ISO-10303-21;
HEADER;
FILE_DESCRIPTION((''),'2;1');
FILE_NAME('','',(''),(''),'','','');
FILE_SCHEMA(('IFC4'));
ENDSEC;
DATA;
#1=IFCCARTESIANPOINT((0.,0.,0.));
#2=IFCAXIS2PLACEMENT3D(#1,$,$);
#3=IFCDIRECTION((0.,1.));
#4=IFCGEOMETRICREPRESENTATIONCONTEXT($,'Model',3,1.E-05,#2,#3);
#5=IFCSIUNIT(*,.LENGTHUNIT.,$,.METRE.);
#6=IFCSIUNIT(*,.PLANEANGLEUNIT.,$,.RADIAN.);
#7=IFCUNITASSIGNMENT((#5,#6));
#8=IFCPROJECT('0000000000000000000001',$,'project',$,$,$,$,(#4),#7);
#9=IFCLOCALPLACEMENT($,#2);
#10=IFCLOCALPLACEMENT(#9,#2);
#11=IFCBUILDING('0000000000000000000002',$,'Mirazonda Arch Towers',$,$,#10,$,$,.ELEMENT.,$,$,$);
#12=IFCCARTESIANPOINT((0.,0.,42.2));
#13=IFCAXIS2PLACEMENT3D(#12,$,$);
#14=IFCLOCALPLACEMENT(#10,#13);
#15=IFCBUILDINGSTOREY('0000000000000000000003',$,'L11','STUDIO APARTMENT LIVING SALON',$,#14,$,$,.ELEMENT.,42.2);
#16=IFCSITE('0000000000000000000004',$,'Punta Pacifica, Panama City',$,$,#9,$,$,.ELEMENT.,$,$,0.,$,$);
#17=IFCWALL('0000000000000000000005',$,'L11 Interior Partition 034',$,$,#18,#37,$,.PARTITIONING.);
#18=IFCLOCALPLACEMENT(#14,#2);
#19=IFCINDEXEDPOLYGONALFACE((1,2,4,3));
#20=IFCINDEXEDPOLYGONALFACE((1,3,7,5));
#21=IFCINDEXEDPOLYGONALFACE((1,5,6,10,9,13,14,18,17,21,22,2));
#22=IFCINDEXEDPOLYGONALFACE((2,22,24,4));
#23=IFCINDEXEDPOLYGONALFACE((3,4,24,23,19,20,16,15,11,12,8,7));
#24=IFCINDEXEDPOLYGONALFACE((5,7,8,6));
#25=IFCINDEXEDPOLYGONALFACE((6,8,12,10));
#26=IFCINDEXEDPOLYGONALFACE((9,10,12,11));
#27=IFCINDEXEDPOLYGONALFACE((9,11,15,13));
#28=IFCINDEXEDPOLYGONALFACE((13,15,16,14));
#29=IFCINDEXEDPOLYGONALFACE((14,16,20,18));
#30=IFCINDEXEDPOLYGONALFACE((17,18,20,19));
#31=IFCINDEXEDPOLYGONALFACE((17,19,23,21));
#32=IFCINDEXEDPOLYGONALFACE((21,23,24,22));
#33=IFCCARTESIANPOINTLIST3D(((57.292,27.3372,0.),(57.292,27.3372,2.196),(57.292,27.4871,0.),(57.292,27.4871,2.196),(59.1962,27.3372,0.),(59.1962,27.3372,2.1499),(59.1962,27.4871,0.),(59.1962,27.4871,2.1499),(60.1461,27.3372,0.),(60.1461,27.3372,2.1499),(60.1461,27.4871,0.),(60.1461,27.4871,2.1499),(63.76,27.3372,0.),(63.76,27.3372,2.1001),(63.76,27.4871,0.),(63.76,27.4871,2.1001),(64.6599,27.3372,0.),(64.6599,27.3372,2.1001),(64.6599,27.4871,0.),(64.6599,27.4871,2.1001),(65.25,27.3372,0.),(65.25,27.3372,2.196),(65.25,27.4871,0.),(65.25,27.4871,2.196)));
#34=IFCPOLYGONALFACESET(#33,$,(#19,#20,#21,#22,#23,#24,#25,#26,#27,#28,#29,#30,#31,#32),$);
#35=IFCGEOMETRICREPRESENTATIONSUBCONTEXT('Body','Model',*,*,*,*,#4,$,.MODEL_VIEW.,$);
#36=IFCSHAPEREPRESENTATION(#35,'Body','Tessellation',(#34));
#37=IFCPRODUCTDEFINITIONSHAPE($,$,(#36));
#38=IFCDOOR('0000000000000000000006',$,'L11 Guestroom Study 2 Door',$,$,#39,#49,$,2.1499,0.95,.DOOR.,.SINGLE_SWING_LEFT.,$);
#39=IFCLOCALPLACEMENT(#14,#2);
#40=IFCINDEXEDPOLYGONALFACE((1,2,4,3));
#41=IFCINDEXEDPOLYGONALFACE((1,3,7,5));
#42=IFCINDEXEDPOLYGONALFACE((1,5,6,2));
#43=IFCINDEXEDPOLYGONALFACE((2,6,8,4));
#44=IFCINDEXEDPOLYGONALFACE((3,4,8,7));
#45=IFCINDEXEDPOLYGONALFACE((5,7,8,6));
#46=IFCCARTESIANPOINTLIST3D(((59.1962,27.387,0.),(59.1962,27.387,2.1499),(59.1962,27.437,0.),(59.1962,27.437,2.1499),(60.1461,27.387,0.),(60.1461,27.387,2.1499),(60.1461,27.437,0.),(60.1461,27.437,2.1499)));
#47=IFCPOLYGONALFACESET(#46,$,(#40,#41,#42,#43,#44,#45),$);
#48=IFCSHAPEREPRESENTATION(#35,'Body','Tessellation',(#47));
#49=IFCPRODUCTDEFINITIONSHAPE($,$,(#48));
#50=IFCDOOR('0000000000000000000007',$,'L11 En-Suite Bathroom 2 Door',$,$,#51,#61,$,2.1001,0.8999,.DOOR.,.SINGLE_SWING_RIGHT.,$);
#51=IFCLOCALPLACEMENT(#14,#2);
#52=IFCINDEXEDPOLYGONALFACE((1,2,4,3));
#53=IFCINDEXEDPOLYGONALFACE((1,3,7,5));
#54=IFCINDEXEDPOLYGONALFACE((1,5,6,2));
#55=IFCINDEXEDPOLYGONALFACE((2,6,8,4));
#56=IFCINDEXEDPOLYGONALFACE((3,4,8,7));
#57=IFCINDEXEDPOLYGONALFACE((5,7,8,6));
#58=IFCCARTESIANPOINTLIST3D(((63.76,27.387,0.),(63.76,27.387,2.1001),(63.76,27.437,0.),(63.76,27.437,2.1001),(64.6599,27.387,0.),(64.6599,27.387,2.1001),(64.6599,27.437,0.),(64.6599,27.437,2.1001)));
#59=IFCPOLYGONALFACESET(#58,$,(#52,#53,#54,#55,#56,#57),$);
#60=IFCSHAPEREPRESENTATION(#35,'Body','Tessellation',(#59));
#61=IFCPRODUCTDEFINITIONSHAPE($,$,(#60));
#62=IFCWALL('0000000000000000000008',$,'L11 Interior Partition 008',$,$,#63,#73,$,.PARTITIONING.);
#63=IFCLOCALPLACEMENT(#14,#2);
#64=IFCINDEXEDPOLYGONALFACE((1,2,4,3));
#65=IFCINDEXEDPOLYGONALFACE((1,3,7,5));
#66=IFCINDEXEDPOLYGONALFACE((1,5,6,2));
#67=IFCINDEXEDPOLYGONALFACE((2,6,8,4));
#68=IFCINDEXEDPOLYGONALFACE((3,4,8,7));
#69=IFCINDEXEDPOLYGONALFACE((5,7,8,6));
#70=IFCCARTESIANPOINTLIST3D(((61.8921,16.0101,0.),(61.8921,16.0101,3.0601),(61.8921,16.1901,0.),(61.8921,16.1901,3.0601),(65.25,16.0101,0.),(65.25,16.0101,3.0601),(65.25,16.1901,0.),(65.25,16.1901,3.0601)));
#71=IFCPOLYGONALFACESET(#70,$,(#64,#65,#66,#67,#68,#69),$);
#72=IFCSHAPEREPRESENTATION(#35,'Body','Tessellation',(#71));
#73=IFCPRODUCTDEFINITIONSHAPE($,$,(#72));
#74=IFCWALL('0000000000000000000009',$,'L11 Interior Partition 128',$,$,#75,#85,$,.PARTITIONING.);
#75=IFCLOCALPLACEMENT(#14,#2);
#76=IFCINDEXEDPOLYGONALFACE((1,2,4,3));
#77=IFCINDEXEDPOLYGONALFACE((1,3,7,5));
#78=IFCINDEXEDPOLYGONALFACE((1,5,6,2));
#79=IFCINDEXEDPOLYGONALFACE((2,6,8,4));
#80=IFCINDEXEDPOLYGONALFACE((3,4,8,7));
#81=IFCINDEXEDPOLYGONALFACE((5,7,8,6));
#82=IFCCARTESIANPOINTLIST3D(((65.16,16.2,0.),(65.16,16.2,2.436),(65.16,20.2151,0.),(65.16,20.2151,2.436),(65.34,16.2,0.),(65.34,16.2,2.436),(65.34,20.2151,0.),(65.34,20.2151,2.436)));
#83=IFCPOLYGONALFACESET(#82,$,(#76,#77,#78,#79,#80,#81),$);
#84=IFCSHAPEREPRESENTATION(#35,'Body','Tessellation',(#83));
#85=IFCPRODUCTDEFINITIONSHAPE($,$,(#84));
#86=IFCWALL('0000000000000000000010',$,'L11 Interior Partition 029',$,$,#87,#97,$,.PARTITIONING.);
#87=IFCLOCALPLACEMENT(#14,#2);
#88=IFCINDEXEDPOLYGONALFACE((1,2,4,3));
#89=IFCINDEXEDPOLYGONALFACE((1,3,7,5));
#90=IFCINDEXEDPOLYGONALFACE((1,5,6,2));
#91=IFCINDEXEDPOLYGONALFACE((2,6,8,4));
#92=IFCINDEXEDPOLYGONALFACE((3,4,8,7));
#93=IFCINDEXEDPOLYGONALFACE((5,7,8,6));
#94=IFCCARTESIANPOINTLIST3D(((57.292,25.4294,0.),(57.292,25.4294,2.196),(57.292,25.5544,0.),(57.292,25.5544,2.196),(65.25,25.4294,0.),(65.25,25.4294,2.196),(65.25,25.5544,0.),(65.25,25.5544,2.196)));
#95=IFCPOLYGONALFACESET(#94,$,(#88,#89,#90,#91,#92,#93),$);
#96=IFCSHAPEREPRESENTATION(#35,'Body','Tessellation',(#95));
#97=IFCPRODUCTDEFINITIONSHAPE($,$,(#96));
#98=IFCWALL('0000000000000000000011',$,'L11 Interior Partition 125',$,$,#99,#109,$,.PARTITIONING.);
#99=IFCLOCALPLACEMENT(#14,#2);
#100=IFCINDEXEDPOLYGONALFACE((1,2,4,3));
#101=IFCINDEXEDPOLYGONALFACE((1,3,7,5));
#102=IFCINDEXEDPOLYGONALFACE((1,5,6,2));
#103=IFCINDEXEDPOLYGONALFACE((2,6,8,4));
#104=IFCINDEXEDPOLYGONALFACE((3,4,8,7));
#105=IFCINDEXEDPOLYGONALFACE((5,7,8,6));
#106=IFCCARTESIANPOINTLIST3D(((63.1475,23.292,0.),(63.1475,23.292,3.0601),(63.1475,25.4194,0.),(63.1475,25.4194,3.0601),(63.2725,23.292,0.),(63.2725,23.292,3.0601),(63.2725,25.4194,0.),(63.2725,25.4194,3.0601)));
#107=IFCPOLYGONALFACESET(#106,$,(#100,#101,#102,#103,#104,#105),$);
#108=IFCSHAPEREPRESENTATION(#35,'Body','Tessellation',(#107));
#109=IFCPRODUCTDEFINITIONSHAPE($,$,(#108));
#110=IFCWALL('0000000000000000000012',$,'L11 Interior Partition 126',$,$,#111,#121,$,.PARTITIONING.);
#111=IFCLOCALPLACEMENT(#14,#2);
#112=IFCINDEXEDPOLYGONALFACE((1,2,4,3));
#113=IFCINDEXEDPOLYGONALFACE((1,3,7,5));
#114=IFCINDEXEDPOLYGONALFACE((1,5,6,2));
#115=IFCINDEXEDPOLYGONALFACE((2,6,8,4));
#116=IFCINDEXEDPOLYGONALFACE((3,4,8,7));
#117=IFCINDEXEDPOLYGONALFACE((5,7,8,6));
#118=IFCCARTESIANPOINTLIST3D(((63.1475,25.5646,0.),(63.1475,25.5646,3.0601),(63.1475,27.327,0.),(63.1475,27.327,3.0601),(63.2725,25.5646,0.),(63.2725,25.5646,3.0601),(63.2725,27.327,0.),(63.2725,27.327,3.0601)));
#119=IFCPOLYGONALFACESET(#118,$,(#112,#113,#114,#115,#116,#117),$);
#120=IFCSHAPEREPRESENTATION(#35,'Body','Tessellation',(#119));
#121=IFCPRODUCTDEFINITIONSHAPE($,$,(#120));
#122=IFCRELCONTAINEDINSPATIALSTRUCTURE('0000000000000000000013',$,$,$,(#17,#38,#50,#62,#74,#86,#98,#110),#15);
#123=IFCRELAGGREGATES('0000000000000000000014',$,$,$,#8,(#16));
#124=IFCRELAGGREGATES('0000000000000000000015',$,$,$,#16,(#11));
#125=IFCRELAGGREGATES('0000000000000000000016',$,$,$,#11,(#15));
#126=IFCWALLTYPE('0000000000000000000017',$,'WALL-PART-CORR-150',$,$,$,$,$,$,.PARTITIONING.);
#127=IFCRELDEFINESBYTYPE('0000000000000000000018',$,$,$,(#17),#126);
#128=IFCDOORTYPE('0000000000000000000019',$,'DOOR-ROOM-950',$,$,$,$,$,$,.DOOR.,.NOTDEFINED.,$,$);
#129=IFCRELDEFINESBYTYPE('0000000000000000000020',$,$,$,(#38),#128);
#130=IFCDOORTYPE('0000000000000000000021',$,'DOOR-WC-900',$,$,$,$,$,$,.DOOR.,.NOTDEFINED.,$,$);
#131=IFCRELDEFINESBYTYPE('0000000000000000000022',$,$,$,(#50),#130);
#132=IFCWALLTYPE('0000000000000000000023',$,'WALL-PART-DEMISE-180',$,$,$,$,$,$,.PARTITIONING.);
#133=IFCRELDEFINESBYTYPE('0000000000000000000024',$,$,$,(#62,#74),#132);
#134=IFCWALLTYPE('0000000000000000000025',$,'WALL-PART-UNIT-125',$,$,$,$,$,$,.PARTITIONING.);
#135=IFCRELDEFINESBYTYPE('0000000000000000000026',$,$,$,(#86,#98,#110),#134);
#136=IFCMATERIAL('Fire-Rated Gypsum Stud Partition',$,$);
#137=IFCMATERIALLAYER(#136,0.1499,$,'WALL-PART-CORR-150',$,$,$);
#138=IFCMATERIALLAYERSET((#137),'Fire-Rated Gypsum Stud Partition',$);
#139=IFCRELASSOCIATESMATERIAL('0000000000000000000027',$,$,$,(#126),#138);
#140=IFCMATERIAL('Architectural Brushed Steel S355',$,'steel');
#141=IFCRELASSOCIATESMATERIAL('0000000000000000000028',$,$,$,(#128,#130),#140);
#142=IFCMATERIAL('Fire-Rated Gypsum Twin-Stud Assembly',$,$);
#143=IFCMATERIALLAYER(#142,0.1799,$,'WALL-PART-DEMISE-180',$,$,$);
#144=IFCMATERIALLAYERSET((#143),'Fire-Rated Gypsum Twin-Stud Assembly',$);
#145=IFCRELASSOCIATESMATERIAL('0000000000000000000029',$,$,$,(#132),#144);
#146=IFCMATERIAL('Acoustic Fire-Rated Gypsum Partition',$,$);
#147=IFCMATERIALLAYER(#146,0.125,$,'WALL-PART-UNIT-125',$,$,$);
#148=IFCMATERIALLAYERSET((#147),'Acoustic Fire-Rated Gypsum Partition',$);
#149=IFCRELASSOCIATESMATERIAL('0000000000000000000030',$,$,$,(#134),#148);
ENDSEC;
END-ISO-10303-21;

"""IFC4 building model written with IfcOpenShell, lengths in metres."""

from ifc_helpers import new_model, si_unit, direction, frame, frame_2d, origin, place, context, subcontext, project, spatial, rectangle, extrude, material, layer, layer_set, type_object, element, fill, save


model = new_model("IFC4")

# Units and contexts
model_context = context("Model", 3, precision=1e-05, world=origin(), true_north=direction((0.0, 1.0)))
body_context = subcontext(model_context, "Body", "Model", "MODEL_VIEW")
ifc_project = project(units=[si_unit("LENGTHUNIT", "METRE"), si_unit("PLANEANGLEUNIT", "RADIAN")], contexts=[model_context])

# Site, building, storey
site_placement = place(None, origin())
site = spatial("IfcSite", under=ifc_project, at=site_placement, Name="Punta Pacifica, Panama City", CompositionType="ELEMENT", RefElevation=0.0)
building_placement = place(site_placement, origin())
building = spatial("IfcBuilding", under=site, at=building_placement, Name="Mirazonda Arch Towers", CompositionType="ELEMENT")
storey_placement = place(building_placement, frame((0.0, 0.0, 42.2)))
storey = spatial("IfcBuildingStorey", under=building, at=storey_placement, Name="L11", Description="STUDIO APARTMENT LIVING SALON", CompositionType="ELEMENT", Elevation=42.2)

# Wall, openings, doors
ifc_material_1 = material(Name="Fire-Rated Gypsum Stud Partition")
ifc_layer_1 = layer(ifc_material_1, 0.1499, Name="WALL-PART-CORR-150")
ifc_layer_set_1 = layer_set([ifc_layer_1], Name="Fire-Rated Gypsum Stud Partition")
wall_type_1 = type_object("IfcWallType", Name="WALL-PART-CORR-150", PredefinedType="PARTITIONING", material=ifc_layer_set_1)
wall_1_placement = place(storey_placement, frame((57.292, 27.4121, 0.0), z_axis=(0.0, 0.0, 1.0), x_axis=(1.0, 0.0, 0.0)))
wall_1 = element("IfcWall", 1, at=wall_1_placement, inside=storey, type_object=wall_type_1, Name="L11 Interior Partition 034", PredefinedType="PARTITIONING", context=body_context, shape_type="SweptSolid", body=[
    extrude(rectangle(XDim=7.958, YDim=0.1499, at=frame_2d((3.979, 0.0))), origin(), (0.0, 0.0, 1.0), 2.196),
])
opening_1_placement = place(wall_1_placement, frame((1.9041, 0.0, 0.0)))
opening_1 = element("IfcOpeningElement", 2, at=opening_1_placement, cuts=wall_1, PredefinedType="OPENING", context=body_context, shape_type="SweptSolid", body=[
    extrude(rectangle(XDim=0.95, YDim=2.1499, at=frame_2d((0.4751, 1.075))), frame((0.0, 0.085, 0.0), z_axis=(0.0, -1.0, 0.0), x_axis=(1.0, 0.0, 0.0)), (0.0, 0.0, 1.0), 0.1699),
])
opening_2_placement = place(wall_1_placement, frame((6.468, 0.0, 0.0)))
opening_2 = element("IfcOpeningElement", 3, at=opening_2_placement, cuts=wall_1, PredefinedType="OPENING", context=body_context, shape_type="SweptSolid", body=[
    extrude(rectangle(XDim=0.8999, YDim=2.1001, at=frame_2d((0.45, 1.05))), frame((0.0, 0.085, 0.0), z_axis=(0.0, -1.0, 0.0), x_axis=(1.0, 0.0, 0.0)), (0.0, 0.0, 1.0), 0.1699),
])
ifc_material_2 = material(Name="Architectural Brushed Steel S355", Category="steel")
door_type_1 = type_object("IfcDoorType", Name="DOOR-ROOM-950", OperationType="NOTDEFINED", PredefinedType="DOOR", material=ifc_material_2)
door_1_placement = place(opening_1_placement, origin())
door_1 = element("IfcDoor", 4, at=door_1_placement, inside=storey, type_object=door_type_1, Name="L11 Guestroom Study 2 Door", OperationType="SINGLE_SWING_LEFT", OverallHeight=2.1499, OverallWidth=0.95, PredefinedType="DOOR", context=body_context, shape_type="SweptSolid", body=[
    extrude(rectangle(XDim=0.95, YDim=2.1499, at=frame_2d((0.4751, 1.075))), frame((0.0, 0.0249, 0.0), z_axis=(0.0, -1.0, 0.0), x_axis=(1.0, 0.0, 0.0)), (0.0, 0.0, 1.0), 0.05),
])
fill(opening_1, door_1)
door_type_2 = type_object("IfcDoorType", Name="DOOR-WC-900", OperationType="NOTDEFINED", PredefinedType="DOOR", material=ifc_material_2)
door_2_placement = place(opening_2_placement, origin())
door_2 = element("IfcDoor", 5, at=door_2_placement, inside=storey, type_object=door_type_2, Name="L11 En-Suite Bathroom 2 Door", OperationType="SINGLE_SWING_RIGHT", OverallHeight=2.1001, OverallWidth=0.8999, PredefinedType="DOOR", context=body_context, shape_type="SweptSolid", body=[
    extrude(rectangle(XDim=0.8999, YDim=2.1001, at=frame_2d((0.45, 1.05))), frame((0.0, 0.0249, 0.0), z_axis=(0.0, -1.0, 0.0), x_axis=(1.0, 0.0, 0.0)), (0.0, 0.0, 1.0), 0.05),
])
fill(opening_2, door_2)

# Walls
ifc_material_3 = material(Name="Fire-Rated Gypsum Twin-Stud Assembly")
ifc_layer_2 = layer(ifc_material_3, 0.1799, Name="WALL-PART-DEMISE-180")
ifc_layer_set_2 = layer_set([ifc_layer_2], Name="Fire-Rated Gypsum Twin-Stud Assembly")
wall_type_2 = type_object("IfcWallType", Name="WALL-PART-DEMISE-180", PredefinedType="PARTITIONING", material=ifc_layer_set_2)
wall_2_placement = place(storey_placement, frame((61.8921, 16.1001, 0.0), z_axis=(0.0, 0.0, 1.0), x_axis=(1.0, 0.0, 0.0)))
element("IfcWall", 6, at=wall_2_placement, inside=storey, type_object=wall_type_2, Name="L11 Interior Partition 008", PredefinedType="PARTITIONING", context=body_context, shape_type="SweptSolid", body=[
    extrude(rectangle(XDim=3.3579, YDim=0.1799, at=frame_2d((1.679, 0.0))), origin(), (0.0, 0.0, 1.0), 3.0601),
])
wall_3_placement = place(storey_placement, frame((65.25, 16.2, 0.0), z_axis=(0.0, 0.0, 1.0), x_axis=(0.0, 1.0, 0.0)))
element("IfcWall", 7, at=wall_3_placement, inside=storey, type_object=wall_type_2, Name="L11 Interior Partition 128", PredefinedType="PARTITIONING", context=body_context, shape_type="SweptSolid", body=[
    extrude(rectangle(XDim=4.0151, YDim=0.1799, at=frame_2d((2.0076, 0.0))), origin(), (0.0, 0.0, 1.0), 2.436),
])
ifc_material_4 = material(Name="Acoustic Fire-Rated Gypsum Partition")
ifc_layer_3 = layer(ifc_material_4, 0.125, Name="WALL-PART-UNIT-125")
ifc_layer_set_3 = layer_set([ifc_layer_3], Name="Acoustic Fire-Rated Gypsum Partition")
wall_type_3 = type_object("IfcWallType", Name="WALL-PART-UNIT-125", PredefinedType="PARTITIONING", material=ifc_layer_set_3)
wall_4_placement = place(storey_placement, frame((57.292, 25.4919, 0.0), z_axis=(0.0, 0.0, 1.0), x_axis=(1.0, 0.0, 0.0)))
element("IfcWall", 8, at=wall_4_placement, inside=storey, type_object=wall_type_3, Name="L11 Interior Partition 029", PredefinedType="PARTITIONING", context=body_context, shape_type="SweptSolid", body=[
    extrude(rectangle(XDim=7.958, YDim=0.125, at=frame_2d((3.979, 0.0))), origin(), (0.0, 0.0, 1.0), 2.196),
])
wall_5_placement = place(storey_placement, frame((63.21, 23.292, 0.0), z_axis=(0.0, 0.0, 1.0), x_axis=(0.0, 1.0, 0.0)))
element("IfcWall", 9, at=wall_5_placement, inside=storey, type_object=wall_type_3, Name="L11 Interior Partition 125", PredefinedType="PARTITIONING", context=body_context, shape_type="SweptSolid", body=[
    extrude(rectangle(XDim=2.1274, YDim=0.125, at=frame_2d((1.0637, 0.0))), origin(), (0.0, 0.0, 1.0), 3.0601),
])
wall_6_placement = place(storey_placement, frame((63.21, 25.5645, 0.0), z_axis=(0.0, 0.0, 1.0), x_axis=(0.0, 1.0, 0.0)))
element("IfcWall", 10, at=wall_6_placement, inside=storey, type_object=wall_type_3, Name="L11 Interior Partition 126", PredefinedType="PARTITIONING", context=body_context, shape_type="SweptSolid", body=[
    extrude(rectangle(XDim=1.7625, YDim=0.125, at=frame_2d((0.8813, 0.0))), origin(), (0.0, 0.0, 1.0), 3.0601),
])

save(model, "model.ifc")
